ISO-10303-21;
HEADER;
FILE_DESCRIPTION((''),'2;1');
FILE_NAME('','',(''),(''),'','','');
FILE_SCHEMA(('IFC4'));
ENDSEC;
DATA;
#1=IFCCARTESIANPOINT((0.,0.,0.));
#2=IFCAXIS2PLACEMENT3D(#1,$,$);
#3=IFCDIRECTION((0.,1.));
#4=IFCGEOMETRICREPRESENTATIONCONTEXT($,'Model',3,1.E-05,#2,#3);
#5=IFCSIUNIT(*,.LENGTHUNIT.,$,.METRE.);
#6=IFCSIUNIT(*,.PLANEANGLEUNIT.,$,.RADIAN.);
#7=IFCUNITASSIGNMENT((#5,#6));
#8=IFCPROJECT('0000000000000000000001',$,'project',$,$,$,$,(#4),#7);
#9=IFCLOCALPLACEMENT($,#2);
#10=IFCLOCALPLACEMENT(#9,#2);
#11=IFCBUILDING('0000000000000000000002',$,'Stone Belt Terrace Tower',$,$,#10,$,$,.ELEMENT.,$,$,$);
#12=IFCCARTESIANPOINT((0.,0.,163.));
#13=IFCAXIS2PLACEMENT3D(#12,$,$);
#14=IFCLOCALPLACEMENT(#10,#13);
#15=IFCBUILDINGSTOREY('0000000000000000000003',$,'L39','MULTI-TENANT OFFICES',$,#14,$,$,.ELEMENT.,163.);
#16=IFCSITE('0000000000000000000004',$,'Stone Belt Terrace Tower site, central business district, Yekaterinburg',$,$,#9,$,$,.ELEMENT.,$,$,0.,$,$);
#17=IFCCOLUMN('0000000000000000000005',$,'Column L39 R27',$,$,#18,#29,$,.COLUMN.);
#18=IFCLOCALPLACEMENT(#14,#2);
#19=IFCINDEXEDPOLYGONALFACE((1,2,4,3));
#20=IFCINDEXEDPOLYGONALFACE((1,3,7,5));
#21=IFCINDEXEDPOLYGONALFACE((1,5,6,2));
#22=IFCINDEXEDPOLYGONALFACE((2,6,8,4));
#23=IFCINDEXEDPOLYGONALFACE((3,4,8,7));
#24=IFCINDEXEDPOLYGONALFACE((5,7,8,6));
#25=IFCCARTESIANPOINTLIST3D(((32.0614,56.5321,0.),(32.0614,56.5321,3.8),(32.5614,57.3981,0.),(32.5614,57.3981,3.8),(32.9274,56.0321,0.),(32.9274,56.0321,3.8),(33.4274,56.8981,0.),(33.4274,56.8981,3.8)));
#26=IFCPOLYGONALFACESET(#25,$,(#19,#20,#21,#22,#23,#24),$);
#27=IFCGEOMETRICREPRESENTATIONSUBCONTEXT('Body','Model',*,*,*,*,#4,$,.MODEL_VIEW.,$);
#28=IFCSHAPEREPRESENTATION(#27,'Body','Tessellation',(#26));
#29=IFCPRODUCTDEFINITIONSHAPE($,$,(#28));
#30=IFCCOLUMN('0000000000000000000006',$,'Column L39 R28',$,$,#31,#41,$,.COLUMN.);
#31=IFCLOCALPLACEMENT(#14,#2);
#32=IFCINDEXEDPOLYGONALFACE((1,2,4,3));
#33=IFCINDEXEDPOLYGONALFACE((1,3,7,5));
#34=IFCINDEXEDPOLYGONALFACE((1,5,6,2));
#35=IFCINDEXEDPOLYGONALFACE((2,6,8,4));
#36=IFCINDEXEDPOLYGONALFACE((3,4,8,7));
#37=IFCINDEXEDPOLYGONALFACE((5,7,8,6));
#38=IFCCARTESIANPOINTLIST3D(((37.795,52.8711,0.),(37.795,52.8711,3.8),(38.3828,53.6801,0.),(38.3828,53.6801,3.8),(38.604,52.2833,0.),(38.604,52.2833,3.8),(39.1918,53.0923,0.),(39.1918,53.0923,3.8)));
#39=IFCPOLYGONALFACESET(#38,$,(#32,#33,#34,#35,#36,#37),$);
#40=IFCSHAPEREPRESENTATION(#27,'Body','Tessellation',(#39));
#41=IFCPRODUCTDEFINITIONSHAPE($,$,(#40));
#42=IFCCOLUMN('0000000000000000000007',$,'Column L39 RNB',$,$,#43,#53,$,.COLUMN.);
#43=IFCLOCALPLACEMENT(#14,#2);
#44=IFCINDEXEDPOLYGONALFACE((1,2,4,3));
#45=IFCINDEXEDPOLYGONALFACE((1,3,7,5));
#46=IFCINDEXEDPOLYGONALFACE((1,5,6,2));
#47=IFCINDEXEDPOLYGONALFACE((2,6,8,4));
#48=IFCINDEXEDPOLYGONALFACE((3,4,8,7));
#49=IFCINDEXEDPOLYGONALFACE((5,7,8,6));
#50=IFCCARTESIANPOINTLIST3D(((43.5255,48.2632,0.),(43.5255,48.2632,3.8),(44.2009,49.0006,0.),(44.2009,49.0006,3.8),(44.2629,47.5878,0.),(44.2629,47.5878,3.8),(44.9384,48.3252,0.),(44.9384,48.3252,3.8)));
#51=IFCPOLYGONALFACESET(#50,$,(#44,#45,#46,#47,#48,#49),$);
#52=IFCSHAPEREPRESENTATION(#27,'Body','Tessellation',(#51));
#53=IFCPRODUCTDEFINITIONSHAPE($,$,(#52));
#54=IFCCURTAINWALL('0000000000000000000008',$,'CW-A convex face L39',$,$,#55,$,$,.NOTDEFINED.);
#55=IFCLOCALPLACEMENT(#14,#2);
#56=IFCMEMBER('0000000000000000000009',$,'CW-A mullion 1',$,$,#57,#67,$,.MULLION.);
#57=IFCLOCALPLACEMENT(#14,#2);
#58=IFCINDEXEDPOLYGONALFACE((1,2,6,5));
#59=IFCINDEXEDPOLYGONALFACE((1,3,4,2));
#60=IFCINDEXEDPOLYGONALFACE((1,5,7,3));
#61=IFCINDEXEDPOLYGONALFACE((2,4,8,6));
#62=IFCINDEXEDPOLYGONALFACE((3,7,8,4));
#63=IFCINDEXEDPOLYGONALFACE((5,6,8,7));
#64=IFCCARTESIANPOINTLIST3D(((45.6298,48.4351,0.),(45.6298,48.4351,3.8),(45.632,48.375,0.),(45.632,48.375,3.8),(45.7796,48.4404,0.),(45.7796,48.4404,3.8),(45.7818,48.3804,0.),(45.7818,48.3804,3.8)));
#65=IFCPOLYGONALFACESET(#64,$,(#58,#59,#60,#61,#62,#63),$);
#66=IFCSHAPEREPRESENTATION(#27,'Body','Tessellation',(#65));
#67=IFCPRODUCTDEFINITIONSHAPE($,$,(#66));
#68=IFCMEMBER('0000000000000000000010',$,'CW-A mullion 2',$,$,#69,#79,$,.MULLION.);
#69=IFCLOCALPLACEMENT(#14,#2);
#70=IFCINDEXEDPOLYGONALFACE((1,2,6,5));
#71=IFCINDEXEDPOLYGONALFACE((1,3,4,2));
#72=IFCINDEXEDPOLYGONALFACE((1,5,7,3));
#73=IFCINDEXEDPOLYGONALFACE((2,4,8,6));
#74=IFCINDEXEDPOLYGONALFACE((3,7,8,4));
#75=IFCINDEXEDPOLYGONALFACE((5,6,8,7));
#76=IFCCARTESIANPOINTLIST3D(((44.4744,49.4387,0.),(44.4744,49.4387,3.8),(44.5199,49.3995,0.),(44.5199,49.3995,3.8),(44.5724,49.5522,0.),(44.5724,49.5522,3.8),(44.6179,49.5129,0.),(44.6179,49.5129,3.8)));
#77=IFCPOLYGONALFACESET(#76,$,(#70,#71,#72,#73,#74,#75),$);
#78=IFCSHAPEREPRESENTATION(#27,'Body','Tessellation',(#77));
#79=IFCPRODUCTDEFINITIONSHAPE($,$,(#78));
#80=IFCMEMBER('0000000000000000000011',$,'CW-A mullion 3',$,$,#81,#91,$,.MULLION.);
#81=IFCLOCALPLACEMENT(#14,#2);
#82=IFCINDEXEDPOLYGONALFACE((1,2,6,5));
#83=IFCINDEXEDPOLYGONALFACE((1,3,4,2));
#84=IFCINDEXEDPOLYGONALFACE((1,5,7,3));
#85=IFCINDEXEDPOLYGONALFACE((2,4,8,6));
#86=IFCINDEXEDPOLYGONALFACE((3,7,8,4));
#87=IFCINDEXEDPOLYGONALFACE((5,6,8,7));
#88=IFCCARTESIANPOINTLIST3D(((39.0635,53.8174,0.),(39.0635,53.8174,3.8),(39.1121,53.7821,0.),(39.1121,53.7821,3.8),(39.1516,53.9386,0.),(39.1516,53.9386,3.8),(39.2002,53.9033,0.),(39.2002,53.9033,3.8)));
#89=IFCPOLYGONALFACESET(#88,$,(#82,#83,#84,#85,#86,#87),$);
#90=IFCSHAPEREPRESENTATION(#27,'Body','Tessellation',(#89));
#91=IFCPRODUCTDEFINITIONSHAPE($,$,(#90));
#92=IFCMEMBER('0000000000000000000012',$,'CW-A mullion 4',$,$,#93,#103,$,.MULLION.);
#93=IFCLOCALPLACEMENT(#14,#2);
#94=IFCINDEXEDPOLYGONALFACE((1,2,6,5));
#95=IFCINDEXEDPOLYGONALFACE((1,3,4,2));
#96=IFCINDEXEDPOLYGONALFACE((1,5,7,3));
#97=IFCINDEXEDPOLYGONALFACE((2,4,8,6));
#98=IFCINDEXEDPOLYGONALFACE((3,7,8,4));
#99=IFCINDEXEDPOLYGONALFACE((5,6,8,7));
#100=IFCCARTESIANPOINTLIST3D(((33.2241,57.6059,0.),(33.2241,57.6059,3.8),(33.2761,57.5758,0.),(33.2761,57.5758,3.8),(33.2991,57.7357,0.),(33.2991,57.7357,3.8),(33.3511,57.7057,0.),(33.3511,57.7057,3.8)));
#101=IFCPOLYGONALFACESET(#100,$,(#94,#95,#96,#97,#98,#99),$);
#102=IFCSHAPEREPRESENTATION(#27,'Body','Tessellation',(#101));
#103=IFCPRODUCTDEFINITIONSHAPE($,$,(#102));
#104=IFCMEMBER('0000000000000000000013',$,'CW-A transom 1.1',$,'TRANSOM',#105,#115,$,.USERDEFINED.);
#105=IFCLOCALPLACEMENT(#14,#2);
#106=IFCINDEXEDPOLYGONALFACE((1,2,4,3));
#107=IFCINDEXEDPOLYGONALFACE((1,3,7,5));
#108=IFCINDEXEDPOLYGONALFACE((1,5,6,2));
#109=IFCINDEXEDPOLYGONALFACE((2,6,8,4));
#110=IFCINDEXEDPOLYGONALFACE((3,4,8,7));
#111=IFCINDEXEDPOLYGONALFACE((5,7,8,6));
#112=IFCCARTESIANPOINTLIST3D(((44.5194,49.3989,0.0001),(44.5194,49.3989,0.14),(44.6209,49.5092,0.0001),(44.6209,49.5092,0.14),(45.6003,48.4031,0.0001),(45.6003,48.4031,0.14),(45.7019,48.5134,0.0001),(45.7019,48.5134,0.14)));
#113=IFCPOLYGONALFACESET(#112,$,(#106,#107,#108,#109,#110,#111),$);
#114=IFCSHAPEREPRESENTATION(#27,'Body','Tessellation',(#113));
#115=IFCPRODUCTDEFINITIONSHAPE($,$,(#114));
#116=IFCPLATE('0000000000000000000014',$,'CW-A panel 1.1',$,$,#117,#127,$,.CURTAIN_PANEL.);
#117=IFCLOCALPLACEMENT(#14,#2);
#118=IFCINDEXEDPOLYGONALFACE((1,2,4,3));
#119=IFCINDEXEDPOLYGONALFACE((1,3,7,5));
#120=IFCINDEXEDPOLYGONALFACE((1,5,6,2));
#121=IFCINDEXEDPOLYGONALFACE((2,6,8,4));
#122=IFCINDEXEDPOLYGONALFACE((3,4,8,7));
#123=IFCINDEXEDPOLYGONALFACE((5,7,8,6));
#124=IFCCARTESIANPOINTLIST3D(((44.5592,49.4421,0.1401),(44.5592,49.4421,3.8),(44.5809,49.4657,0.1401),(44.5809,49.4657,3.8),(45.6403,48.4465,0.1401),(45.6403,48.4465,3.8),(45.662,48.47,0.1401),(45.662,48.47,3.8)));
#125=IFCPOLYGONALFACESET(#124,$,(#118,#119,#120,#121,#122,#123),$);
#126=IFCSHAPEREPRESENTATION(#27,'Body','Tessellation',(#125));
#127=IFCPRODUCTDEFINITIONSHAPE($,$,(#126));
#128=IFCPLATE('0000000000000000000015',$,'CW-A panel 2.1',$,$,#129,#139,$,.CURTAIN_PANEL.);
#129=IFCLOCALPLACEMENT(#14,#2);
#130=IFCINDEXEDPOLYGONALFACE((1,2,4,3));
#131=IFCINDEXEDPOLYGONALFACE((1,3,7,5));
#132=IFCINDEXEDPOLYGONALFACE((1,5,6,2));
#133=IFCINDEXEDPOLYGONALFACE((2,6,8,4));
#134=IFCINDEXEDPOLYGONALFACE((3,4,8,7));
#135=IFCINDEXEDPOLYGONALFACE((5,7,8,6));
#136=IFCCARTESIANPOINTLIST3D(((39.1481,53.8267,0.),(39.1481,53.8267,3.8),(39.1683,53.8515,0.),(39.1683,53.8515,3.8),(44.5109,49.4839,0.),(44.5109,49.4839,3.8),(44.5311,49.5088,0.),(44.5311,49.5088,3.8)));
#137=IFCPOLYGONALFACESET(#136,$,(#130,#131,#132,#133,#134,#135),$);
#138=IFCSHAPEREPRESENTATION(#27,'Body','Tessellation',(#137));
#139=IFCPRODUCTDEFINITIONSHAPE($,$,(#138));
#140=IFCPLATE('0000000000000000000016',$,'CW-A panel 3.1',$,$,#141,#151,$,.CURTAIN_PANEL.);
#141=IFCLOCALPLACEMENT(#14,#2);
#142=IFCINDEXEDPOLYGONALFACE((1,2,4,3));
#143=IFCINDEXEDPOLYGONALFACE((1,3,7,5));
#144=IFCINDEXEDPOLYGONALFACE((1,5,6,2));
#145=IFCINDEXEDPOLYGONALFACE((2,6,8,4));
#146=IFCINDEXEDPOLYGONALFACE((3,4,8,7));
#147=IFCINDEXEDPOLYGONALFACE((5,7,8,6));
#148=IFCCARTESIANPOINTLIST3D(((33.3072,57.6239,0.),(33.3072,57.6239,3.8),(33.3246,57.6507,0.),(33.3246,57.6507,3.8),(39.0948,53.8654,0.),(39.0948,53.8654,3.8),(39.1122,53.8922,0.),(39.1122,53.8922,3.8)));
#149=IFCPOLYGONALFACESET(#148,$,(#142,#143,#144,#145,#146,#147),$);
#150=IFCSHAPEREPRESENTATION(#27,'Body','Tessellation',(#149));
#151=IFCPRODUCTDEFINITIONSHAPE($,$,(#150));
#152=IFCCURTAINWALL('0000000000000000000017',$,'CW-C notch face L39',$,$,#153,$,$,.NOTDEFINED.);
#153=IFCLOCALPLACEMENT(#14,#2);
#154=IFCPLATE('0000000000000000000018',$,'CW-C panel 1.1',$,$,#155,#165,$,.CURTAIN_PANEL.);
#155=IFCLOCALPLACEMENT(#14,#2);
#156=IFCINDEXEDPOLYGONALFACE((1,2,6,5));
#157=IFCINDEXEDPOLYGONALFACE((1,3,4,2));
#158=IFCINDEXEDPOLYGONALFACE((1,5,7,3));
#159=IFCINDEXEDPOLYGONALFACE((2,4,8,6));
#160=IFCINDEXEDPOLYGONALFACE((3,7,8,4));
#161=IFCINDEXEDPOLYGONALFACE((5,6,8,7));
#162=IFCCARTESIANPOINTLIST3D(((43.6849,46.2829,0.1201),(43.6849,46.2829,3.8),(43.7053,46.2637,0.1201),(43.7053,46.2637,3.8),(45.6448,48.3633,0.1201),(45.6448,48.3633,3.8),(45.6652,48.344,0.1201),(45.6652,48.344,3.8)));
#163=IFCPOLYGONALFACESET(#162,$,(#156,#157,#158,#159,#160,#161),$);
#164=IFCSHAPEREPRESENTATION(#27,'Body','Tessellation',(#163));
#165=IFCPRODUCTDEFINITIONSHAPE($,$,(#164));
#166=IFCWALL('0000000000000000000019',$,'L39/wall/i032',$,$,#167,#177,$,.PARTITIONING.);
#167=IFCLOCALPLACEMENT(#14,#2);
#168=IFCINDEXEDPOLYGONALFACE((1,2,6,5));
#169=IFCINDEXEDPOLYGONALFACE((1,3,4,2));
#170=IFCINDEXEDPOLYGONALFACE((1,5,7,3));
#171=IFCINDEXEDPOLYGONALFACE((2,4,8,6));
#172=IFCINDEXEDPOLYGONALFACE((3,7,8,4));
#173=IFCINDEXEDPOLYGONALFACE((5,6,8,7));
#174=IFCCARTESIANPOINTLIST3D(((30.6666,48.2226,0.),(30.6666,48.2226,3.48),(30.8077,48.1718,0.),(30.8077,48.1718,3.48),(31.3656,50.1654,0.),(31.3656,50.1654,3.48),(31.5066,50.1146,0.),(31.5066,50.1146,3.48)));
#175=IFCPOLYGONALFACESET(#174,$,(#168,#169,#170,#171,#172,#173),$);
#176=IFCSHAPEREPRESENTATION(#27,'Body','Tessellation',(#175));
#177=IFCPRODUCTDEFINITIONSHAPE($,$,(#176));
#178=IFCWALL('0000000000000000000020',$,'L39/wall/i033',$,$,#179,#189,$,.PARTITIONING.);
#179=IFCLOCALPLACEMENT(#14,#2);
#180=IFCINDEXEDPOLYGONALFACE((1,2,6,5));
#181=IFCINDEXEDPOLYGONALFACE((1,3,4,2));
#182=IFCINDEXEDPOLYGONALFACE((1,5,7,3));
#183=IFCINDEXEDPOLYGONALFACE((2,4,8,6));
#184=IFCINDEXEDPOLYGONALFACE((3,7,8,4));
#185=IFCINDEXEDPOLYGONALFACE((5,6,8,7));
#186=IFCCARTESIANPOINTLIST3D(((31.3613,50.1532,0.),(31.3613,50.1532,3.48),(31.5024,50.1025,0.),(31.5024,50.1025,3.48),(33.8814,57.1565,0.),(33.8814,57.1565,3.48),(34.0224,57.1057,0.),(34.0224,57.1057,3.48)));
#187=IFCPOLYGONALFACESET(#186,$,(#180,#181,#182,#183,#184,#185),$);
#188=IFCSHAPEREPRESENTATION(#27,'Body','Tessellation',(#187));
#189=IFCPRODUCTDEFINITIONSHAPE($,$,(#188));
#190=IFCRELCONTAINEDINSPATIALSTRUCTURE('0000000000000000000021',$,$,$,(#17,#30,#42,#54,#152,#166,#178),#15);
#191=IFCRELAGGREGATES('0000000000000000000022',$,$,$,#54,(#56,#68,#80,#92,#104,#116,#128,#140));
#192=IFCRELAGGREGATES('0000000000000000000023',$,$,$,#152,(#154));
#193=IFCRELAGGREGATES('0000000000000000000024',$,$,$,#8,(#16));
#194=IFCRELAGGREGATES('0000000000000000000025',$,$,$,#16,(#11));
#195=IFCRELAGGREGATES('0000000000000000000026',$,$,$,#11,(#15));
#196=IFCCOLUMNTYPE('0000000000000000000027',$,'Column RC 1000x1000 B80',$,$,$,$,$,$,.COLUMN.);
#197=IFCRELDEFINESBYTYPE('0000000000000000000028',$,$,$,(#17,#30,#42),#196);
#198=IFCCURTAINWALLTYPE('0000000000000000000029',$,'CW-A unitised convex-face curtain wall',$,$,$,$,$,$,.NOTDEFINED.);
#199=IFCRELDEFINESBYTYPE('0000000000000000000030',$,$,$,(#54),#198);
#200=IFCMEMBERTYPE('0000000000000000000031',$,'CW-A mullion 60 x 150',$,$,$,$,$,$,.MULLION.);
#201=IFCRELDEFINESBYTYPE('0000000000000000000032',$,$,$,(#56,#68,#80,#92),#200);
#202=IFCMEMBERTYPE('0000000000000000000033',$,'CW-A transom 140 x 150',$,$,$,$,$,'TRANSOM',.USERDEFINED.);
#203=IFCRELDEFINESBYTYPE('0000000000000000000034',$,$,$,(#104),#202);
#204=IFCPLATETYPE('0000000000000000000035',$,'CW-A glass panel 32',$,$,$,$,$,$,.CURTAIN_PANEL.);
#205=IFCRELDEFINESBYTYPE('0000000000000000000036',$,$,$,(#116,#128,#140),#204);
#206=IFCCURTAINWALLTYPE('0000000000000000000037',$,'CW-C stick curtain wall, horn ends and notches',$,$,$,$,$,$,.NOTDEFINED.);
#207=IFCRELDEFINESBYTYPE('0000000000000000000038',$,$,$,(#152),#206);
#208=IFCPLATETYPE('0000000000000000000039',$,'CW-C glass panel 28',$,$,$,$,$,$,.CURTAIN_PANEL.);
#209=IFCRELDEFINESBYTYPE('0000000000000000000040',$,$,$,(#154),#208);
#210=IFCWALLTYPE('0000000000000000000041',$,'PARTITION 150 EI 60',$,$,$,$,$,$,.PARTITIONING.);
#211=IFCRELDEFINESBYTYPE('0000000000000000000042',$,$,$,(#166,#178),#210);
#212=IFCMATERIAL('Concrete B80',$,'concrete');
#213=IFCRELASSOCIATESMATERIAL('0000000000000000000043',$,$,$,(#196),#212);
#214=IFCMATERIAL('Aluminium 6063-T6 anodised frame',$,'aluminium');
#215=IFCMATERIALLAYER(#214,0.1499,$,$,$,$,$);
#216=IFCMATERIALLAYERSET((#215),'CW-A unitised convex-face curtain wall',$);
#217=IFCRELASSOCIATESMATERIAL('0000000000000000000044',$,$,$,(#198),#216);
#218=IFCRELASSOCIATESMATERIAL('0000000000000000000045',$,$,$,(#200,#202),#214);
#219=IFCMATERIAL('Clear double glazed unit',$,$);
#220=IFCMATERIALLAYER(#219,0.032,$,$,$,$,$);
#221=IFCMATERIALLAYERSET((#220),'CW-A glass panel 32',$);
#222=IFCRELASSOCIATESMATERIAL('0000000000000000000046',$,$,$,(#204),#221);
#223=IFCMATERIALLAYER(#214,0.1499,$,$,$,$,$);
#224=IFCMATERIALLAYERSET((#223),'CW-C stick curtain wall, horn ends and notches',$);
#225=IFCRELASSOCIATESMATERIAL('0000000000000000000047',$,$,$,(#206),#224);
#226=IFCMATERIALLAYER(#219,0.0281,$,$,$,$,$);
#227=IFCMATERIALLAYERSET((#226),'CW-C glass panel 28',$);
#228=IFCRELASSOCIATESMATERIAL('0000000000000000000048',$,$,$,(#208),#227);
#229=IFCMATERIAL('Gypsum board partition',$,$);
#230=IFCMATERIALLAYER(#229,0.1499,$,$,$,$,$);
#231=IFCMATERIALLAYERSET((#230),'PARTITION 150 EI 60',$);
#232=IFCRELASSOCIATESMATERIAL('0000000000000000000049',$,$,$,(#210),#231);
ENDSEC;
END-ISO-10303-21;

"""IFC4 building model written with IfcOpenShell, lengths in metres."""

from ifc_helpers import new_model, si_unit, direction, frame, frame_2d, origin, origin_2d, place, context, subcontext, project, spatial, rectangle, extrude, material, layer, layer_set, material_profile, profile_set, type_object, element, aggregate, save


model = new_model("IFC4")

# Units and contexts
model_context = context("Model", 3, precision=1e-05, world=origin(), true_north=direction((0.0, 1.0)))
body_context = subcontext(model_context, "Body", "Model", "MODEL_VIEW")
ifc_project = project(units=[si_unit("LENGTHUNIT", "METRE"), si_unit("PLANEANGLEUNIT", "RADIAN")], contexts=[model_context])

# Site, building, storey
site_placement = place(None, origin())
site = spatial("IfcSite", under=ifc_project, at=site_placement, Name="Stone Belt Terrace Tower site, central business district, Yekaterinburg", CompositionType="ELEMENT", RefElevation=0.0)
building_placement = place(site_placement, origin())
building = spatial("IfcBuilding", under=site, at=building_placement, Name="Stone Belt Terrace Tower", CompositionType="ELEMENT")
storey_placement = place(building_placement, frame((0.0, 0.0, 163.0)))
storey = spatial("IfcBuildingStorey", under=building, at=storey_placement, Name="L39", Description="MULTI-TENANT OFFICES", CompositionType="ELEMENT", Elevation=163.0)

# Columns
ifc_material_1 = material(Name="Concrete B80", Category="concrete")
ifc_material_profile_1 = material_profile(ifc_material_1, rectangle(XDim=1.0, YDim=1.0, at=origin_2d()), Name="RC 1000x1000")
ifc_profile_set_1 = profile_set([ifc_material_profile_1], Name="Concrete B80")
column_type = type_object("IfcColumnType", Name="Column RC 1000x1000 B80", PredefinedType="COLUMN", material=ifc_profile_set_1)
for number, where, z_axis, x_axis, name in (
    (1, (32.7444, 56.7151, 0.0), (0.0, 0.0, 1.0), (0.866025, -0.5, 0.0), "Column L39 R27"),
    (2, (38.4934, 52.9817, 0.0), (0.0, 0.0, 1.0), (0.809017, -0.587785, 0.0), "Column L39 R28"),
    (3, (44.2319, 48.2942, 0.0), (0.0, 0.0, 1.0), (0.737441, -0.675411, 0.0), "Column L39 RNB"),
):
    element("IfcColumn", number, at=place(storey_placement, frame(where, z_axis=z_axis, x_axis=x_axis)), inside=storey, type_object=column_type, Name=name, PredefinedType="COLUMN", context=body_context, shape_type="SweptSolid", body=[
        extrude(rectangle(XDim=1.0, YDim=1.0, at=origin_2d()), origin(), (0.0, 0.0, 1.0), 3.8),
    ])

# Curtain wall, members, plates
ifc_material_2 = material(Name="Aluminium 6063-T6 anodised frame", Category="aluminium")
ifc_layer_1 = layer(ifc_material_2, 0.1499)
ifc_layer_set_1 = layer_set([ifc_layer_1], Name="CW-A unitised convex-face curtain wall")
curtain_wall_type_1 = type_object("IfcCurtainWallType", Name="CW-A unitised convex-face curtain wall", PredefinedType="NOTDEFINED", material=ifc_layer_set_1)
curtain_wall_1_placement = place(storey_placement, origin())
curtain_wall_1 = element("IfcCurtainWall", 4, at=curtain_wall_1_placement, inside=storey, type_object=curtain_wall_type_1, Name="CW-A convex face L39", PredefinedType="NOTDEFINED")
ifc_material_profile_2 = material_profile(ifc_material_2, rectangle(XDim=0.1499, YDim=0.0601, at=origin_2d()), Name="Aluminium 6063-T6 60x150")
ifc_profile_set_2 = profile_set([ifc_material_profile_2], Name="Aluminium 6063-T6 anodised frame")
member_type_1 = type_object("IfcMemberType", Name="CW-A mullion 60 x 150", PredefinedType="MULLION", material=ifc_profile_set_2)
member_1_placement = place(storey_placement, frame((45.7058, 48.4077, 0.0), z_axis=(0.0, 0.0, 1.0), x_axis=(-0.999371, -0.035453, 0.0)))
member_1 = element("IfcMember", 5, at=member_1_placement, type_object=member_type_1, Name="CW-A mullion 1", PredefinedType="MULLION", context=body_context, shape_type="SweptSolid", body=[
    extrude(rectangle(XDim=0.1499, YDim=0.0601, at=origin_2d()), origin(), (0.0, 0.0, 1.0), 3.8),
])
member_2_placement = place(storey_placement, frame((44.5461, 49.4758, 0.0), z_axis=(0.0, 0.0, 1.0), x_axis=(-0.653721, -0.756736, 0.0)))
member_2 = element("IfcMember", 6, at=member_2_placement, type_object=member_type_1, Name="CW-A mullion 2", PredefinedType="MULLION", context=body_context, shape_type="SweptSolid", body=[
    extrude(rectangle(XDim=0.1499, YDim=0.0601, at=origin_2d()), origin(), (0.0, 0.0, 1.0), 3.8),
])
member_3_placement = place(storey_placement, frame((39.1318, 53.8604, 0.0), z_axis=(0.0, 0.0, 1.0), x_axis=(-0.587785, -0.809017, 0.0)))
member_3 = element("IfcMember", 7, at=member_3_placement, type_object=member_type_1, Name="CW-A mullion 3", PredefinedType="MULLION", context=body_context, shape_type="SweptSolid", body=[
    extrude(rectangle(XDim=0.1499, YDim=0.0601, at=origin_2d()), origin(), (0.0, 0.0, 1.0), 3.8),
])
member_4_placement = place(storey_placement, frame((33.2876, 57.6558, 0.0), z_axis=(0.0, 0.0, 1.0), x_axis=(-0.5, -0.866025, 0.0)))
member_4 = element("IfcMember", 8, at=member_4_placement, type_object=member_type_1, Name="CW-A mullion 4", PredefinedType="MULLION", context=body_context, shape_type="SweptSolid", body=[
    extrude(rectangle(XDim=0.1499, YDim=0.0601, at=origin_2d()), origin(), (0.0, 0.0, 1.0), 3.8),
])
ifc_material_profile_3 = material_profile(ifc_material_2, rectangle(XDim=0.1499, YDim=0.1399, at=origin_2d()), Name="Aluminium 6063-T6 150x140")
ifc_profile_set_3 = profile_set([ifc_material_profile_3], Name="Aluminium 6063-T6 anodised frame")
member_type_2 = type_object("IfcMemberType", Name="CW-A transom 140 x 150", ElementType="TRANSOM", PredefinedType="USERDEFINED", material=ifc_profile_set_3)
member_5_placement = place(storey_placement, frame((45.6511, 48.4583, 0.0701), z_axis=(-0.735497, 0.677528, 0.0), x_axis=(-0.677528, -0.735497, 0.0)))
member_5 = element("IfcMember", 9, at=member_5_placement, type_object=member_type_2, Name="CW-A transom 1.1", ObjectType="TRANSOM", PredefinedType="USERDEFINED", context=body_context, shape_type="SweptSolid", body=[
    extrude(rectangle(XDim=0.1499, YDim=0.1399, at=origin_2d()), origin(), (0.0, 0.0, 1.0), 1.4697),
])
ifc_material_3 = material(Name="Clear double glazed unit")
ifc_layer_2 = layer(ifc_material_3, 0.032)
ifc_layer_set_2 = layer_set([ifc_layer_2], Name="CW-A glass panel 32")
plate_type_1 = type_object("IfcPlateType", Name="CW-A glass panel 32", PredefinedType="CURTAIN_PANEL", material=ifc_layer_set_2)
plate_1_placement = place(storey_placement, frame((45.1106, 48.9561, 0.1401), z_axis=(0.0, 0.0, 1.0), x_axis=(-0.735559, 0.67746, 0.0)))
plate_1 = element("IfcPlate", 10, at=plate_1_placement, type_object=plate_type_1, Name="CW-A panel 1.1", PredefinedType="CURTAIN_PANEL", context=body_context, shape_type="SweptSolid", body=[
    extrude(rectangle(XDim=1.4697, YDim=0.032, at=origin_2d()), origin(), (0.0, 0.0, 1.0), 3.6599),
])
plate_2_placement = place(storey_placement, frame((41.8396, 51.6677, 0.0), z_axis=(0.0, 0.0, 1.0), x_axis=(-0.777146, 0.62932, 0.0)))
plate_2 = element("IfcPlate", 11, at=plate_2_placement, type_object=plate_type_1, Name="CW-A panel 2.1", PredefinedType="CURTAIN_PANEL", context=body_context, shape_type="SweptSolid", body=[
    extrude(rectangle(XDim=6.9006, YDim=0.032, at=origin_2d()), origin(), (0.0, 0.0, 1.0), 3.8),
])
plate_3_placement = place(storey_placement, frame((36.2097, 55.7581, 0.0), z_axis=(0.0, 0.0, 1.0), x_axis=(-0.838671, 0.544639, 0.0)))
plate_3 = element("IfcPlate", 12, at=plate_3_placement, type_object=plate_type_1, Name="CW-A panel 3.1", PredefinedType="CURTAIN_PANEL", context=body_context, shape_type="SweptSolid", body=[
    extrude(rectangle(XDim=6.9009, YDim=0.032, at=origin_2d()), origin(), (0.0, 0.0, 1.0), 3.8),
])
aggregate(curtain_wall_1, [member_1, member_2, member_3, member_4, member_5, plate_1, plate_2, plate_3])

# Curtain wall, plate
ifc_layer_3 = layer(ifc_material_2, 0.1499)
ifc_layer_set_3 = layer_set([ifc_layer_3], Name="CW-C stick curtain wall, horn ends and notches")
curtain_wall_type_2 = type_object("IfcCurtainWallType", Name="CW-C stick curtain wall, horn ends and notches", PredefinedType="NOTDEFINED", material=ifc_layer_set_3)
curtain_wall_2_placement = place(storey_placement, origin())
curtain_wall_2 = element("IfcCurtainWall", 13, at=curtain_wall_2_placement, inside=storey, type_object=curtain_wall_type_2, Name="CW-C notch face L39", PredefinedType="NOTDEFINED")
ifc_layer_4 = layer(ifc_material_3, 0.0281)
ifc_layer_set_4 = layer_set([ifc_layer_4], Name="CW-C glass panel 28")
plate_type_2 = type_object("IfcPlateType", Name="CW-C glass panel 28", PredefinedType="CURTAIN_PANEL", material=ifc_layer_set_4)
plate_4_placement = place(storey_placement, frame((44.675, 47.3135, 0.1201), z_axis=(0.0, 0.0, 1.0), x_axis=(0.685704, 0.72788, 0.0)))
plate_4 = element("IfcPlate", 14, at=plate_4_placement, type_object=plate_type_2, Name="CW-C panel 1.1", PredefinedType="CURTAIN_PANEL", context=body_context, shape_type="SweptSolid", body=[
    extrude(rectangle(XDim=2.8582, YDim=0.0281, at=origin_2d()), origin(), (0.0, 0.0, 1.0), 3.6799),
])
aggregate(curtain_wall_2, [plate_4])

# Walls
ifc_material_4 = material(Name="Gypsum board partition")
ifc_layer_5 = layer(ifc_material_4, 0.1499)
ifc_layer_set_5 = layer_set([ifc_layer_5], Name="PARTITION 150 EI 60")
wall_type = type_object("IfcWallType", Name="PARTITION 150 EI 60", PredefinedType="PARTITIONING", material=ifc_layer_set_5)
wall_1_placement = place(storey_placement, frame((31.436, 50.1399, 0.0), z_axis=(0.0, 0.0, 1.0), x_axis=(-0.338523, -0.940958, 0.0)))
element("IfcWall", 15, at=wall_1_placement, inside=storey, type_object=wall_type, Name="L39/wall/i032", PredefinedType="PARTITIONING", context=body_context, shape_type="SweptSolid", body=[
    extrude(rectangle(XDim=2.0647, YDim=0.1499, at=frame_2d((1.0322, 0.0))), origin(), (0.0, 0.0, 1.0), 3.48),
])
wall_2_placement = place(storey_placement, frame((33.9519, 57.1311, 0.0), z_axis=(0.0, 0.0, 1.0), x_axis=(-0.338586, -0.940935, 0.0)))
element("IfcWall", 16, at=wall_2_placement, inside=storey, type_object=wall_type, Name="L39/wall/i033", PredefinedType="PARTITIONING", context=body_context, shape_type="SweptSolid", body=[
    extrude(rectangle(XDim=7.4429, YDim=0.1499, at=frame_2d((3.7214, 0.0))), origin(), (0.0, 0.0, 1.0), 3.48),
])

save(model, "model.ifc")
